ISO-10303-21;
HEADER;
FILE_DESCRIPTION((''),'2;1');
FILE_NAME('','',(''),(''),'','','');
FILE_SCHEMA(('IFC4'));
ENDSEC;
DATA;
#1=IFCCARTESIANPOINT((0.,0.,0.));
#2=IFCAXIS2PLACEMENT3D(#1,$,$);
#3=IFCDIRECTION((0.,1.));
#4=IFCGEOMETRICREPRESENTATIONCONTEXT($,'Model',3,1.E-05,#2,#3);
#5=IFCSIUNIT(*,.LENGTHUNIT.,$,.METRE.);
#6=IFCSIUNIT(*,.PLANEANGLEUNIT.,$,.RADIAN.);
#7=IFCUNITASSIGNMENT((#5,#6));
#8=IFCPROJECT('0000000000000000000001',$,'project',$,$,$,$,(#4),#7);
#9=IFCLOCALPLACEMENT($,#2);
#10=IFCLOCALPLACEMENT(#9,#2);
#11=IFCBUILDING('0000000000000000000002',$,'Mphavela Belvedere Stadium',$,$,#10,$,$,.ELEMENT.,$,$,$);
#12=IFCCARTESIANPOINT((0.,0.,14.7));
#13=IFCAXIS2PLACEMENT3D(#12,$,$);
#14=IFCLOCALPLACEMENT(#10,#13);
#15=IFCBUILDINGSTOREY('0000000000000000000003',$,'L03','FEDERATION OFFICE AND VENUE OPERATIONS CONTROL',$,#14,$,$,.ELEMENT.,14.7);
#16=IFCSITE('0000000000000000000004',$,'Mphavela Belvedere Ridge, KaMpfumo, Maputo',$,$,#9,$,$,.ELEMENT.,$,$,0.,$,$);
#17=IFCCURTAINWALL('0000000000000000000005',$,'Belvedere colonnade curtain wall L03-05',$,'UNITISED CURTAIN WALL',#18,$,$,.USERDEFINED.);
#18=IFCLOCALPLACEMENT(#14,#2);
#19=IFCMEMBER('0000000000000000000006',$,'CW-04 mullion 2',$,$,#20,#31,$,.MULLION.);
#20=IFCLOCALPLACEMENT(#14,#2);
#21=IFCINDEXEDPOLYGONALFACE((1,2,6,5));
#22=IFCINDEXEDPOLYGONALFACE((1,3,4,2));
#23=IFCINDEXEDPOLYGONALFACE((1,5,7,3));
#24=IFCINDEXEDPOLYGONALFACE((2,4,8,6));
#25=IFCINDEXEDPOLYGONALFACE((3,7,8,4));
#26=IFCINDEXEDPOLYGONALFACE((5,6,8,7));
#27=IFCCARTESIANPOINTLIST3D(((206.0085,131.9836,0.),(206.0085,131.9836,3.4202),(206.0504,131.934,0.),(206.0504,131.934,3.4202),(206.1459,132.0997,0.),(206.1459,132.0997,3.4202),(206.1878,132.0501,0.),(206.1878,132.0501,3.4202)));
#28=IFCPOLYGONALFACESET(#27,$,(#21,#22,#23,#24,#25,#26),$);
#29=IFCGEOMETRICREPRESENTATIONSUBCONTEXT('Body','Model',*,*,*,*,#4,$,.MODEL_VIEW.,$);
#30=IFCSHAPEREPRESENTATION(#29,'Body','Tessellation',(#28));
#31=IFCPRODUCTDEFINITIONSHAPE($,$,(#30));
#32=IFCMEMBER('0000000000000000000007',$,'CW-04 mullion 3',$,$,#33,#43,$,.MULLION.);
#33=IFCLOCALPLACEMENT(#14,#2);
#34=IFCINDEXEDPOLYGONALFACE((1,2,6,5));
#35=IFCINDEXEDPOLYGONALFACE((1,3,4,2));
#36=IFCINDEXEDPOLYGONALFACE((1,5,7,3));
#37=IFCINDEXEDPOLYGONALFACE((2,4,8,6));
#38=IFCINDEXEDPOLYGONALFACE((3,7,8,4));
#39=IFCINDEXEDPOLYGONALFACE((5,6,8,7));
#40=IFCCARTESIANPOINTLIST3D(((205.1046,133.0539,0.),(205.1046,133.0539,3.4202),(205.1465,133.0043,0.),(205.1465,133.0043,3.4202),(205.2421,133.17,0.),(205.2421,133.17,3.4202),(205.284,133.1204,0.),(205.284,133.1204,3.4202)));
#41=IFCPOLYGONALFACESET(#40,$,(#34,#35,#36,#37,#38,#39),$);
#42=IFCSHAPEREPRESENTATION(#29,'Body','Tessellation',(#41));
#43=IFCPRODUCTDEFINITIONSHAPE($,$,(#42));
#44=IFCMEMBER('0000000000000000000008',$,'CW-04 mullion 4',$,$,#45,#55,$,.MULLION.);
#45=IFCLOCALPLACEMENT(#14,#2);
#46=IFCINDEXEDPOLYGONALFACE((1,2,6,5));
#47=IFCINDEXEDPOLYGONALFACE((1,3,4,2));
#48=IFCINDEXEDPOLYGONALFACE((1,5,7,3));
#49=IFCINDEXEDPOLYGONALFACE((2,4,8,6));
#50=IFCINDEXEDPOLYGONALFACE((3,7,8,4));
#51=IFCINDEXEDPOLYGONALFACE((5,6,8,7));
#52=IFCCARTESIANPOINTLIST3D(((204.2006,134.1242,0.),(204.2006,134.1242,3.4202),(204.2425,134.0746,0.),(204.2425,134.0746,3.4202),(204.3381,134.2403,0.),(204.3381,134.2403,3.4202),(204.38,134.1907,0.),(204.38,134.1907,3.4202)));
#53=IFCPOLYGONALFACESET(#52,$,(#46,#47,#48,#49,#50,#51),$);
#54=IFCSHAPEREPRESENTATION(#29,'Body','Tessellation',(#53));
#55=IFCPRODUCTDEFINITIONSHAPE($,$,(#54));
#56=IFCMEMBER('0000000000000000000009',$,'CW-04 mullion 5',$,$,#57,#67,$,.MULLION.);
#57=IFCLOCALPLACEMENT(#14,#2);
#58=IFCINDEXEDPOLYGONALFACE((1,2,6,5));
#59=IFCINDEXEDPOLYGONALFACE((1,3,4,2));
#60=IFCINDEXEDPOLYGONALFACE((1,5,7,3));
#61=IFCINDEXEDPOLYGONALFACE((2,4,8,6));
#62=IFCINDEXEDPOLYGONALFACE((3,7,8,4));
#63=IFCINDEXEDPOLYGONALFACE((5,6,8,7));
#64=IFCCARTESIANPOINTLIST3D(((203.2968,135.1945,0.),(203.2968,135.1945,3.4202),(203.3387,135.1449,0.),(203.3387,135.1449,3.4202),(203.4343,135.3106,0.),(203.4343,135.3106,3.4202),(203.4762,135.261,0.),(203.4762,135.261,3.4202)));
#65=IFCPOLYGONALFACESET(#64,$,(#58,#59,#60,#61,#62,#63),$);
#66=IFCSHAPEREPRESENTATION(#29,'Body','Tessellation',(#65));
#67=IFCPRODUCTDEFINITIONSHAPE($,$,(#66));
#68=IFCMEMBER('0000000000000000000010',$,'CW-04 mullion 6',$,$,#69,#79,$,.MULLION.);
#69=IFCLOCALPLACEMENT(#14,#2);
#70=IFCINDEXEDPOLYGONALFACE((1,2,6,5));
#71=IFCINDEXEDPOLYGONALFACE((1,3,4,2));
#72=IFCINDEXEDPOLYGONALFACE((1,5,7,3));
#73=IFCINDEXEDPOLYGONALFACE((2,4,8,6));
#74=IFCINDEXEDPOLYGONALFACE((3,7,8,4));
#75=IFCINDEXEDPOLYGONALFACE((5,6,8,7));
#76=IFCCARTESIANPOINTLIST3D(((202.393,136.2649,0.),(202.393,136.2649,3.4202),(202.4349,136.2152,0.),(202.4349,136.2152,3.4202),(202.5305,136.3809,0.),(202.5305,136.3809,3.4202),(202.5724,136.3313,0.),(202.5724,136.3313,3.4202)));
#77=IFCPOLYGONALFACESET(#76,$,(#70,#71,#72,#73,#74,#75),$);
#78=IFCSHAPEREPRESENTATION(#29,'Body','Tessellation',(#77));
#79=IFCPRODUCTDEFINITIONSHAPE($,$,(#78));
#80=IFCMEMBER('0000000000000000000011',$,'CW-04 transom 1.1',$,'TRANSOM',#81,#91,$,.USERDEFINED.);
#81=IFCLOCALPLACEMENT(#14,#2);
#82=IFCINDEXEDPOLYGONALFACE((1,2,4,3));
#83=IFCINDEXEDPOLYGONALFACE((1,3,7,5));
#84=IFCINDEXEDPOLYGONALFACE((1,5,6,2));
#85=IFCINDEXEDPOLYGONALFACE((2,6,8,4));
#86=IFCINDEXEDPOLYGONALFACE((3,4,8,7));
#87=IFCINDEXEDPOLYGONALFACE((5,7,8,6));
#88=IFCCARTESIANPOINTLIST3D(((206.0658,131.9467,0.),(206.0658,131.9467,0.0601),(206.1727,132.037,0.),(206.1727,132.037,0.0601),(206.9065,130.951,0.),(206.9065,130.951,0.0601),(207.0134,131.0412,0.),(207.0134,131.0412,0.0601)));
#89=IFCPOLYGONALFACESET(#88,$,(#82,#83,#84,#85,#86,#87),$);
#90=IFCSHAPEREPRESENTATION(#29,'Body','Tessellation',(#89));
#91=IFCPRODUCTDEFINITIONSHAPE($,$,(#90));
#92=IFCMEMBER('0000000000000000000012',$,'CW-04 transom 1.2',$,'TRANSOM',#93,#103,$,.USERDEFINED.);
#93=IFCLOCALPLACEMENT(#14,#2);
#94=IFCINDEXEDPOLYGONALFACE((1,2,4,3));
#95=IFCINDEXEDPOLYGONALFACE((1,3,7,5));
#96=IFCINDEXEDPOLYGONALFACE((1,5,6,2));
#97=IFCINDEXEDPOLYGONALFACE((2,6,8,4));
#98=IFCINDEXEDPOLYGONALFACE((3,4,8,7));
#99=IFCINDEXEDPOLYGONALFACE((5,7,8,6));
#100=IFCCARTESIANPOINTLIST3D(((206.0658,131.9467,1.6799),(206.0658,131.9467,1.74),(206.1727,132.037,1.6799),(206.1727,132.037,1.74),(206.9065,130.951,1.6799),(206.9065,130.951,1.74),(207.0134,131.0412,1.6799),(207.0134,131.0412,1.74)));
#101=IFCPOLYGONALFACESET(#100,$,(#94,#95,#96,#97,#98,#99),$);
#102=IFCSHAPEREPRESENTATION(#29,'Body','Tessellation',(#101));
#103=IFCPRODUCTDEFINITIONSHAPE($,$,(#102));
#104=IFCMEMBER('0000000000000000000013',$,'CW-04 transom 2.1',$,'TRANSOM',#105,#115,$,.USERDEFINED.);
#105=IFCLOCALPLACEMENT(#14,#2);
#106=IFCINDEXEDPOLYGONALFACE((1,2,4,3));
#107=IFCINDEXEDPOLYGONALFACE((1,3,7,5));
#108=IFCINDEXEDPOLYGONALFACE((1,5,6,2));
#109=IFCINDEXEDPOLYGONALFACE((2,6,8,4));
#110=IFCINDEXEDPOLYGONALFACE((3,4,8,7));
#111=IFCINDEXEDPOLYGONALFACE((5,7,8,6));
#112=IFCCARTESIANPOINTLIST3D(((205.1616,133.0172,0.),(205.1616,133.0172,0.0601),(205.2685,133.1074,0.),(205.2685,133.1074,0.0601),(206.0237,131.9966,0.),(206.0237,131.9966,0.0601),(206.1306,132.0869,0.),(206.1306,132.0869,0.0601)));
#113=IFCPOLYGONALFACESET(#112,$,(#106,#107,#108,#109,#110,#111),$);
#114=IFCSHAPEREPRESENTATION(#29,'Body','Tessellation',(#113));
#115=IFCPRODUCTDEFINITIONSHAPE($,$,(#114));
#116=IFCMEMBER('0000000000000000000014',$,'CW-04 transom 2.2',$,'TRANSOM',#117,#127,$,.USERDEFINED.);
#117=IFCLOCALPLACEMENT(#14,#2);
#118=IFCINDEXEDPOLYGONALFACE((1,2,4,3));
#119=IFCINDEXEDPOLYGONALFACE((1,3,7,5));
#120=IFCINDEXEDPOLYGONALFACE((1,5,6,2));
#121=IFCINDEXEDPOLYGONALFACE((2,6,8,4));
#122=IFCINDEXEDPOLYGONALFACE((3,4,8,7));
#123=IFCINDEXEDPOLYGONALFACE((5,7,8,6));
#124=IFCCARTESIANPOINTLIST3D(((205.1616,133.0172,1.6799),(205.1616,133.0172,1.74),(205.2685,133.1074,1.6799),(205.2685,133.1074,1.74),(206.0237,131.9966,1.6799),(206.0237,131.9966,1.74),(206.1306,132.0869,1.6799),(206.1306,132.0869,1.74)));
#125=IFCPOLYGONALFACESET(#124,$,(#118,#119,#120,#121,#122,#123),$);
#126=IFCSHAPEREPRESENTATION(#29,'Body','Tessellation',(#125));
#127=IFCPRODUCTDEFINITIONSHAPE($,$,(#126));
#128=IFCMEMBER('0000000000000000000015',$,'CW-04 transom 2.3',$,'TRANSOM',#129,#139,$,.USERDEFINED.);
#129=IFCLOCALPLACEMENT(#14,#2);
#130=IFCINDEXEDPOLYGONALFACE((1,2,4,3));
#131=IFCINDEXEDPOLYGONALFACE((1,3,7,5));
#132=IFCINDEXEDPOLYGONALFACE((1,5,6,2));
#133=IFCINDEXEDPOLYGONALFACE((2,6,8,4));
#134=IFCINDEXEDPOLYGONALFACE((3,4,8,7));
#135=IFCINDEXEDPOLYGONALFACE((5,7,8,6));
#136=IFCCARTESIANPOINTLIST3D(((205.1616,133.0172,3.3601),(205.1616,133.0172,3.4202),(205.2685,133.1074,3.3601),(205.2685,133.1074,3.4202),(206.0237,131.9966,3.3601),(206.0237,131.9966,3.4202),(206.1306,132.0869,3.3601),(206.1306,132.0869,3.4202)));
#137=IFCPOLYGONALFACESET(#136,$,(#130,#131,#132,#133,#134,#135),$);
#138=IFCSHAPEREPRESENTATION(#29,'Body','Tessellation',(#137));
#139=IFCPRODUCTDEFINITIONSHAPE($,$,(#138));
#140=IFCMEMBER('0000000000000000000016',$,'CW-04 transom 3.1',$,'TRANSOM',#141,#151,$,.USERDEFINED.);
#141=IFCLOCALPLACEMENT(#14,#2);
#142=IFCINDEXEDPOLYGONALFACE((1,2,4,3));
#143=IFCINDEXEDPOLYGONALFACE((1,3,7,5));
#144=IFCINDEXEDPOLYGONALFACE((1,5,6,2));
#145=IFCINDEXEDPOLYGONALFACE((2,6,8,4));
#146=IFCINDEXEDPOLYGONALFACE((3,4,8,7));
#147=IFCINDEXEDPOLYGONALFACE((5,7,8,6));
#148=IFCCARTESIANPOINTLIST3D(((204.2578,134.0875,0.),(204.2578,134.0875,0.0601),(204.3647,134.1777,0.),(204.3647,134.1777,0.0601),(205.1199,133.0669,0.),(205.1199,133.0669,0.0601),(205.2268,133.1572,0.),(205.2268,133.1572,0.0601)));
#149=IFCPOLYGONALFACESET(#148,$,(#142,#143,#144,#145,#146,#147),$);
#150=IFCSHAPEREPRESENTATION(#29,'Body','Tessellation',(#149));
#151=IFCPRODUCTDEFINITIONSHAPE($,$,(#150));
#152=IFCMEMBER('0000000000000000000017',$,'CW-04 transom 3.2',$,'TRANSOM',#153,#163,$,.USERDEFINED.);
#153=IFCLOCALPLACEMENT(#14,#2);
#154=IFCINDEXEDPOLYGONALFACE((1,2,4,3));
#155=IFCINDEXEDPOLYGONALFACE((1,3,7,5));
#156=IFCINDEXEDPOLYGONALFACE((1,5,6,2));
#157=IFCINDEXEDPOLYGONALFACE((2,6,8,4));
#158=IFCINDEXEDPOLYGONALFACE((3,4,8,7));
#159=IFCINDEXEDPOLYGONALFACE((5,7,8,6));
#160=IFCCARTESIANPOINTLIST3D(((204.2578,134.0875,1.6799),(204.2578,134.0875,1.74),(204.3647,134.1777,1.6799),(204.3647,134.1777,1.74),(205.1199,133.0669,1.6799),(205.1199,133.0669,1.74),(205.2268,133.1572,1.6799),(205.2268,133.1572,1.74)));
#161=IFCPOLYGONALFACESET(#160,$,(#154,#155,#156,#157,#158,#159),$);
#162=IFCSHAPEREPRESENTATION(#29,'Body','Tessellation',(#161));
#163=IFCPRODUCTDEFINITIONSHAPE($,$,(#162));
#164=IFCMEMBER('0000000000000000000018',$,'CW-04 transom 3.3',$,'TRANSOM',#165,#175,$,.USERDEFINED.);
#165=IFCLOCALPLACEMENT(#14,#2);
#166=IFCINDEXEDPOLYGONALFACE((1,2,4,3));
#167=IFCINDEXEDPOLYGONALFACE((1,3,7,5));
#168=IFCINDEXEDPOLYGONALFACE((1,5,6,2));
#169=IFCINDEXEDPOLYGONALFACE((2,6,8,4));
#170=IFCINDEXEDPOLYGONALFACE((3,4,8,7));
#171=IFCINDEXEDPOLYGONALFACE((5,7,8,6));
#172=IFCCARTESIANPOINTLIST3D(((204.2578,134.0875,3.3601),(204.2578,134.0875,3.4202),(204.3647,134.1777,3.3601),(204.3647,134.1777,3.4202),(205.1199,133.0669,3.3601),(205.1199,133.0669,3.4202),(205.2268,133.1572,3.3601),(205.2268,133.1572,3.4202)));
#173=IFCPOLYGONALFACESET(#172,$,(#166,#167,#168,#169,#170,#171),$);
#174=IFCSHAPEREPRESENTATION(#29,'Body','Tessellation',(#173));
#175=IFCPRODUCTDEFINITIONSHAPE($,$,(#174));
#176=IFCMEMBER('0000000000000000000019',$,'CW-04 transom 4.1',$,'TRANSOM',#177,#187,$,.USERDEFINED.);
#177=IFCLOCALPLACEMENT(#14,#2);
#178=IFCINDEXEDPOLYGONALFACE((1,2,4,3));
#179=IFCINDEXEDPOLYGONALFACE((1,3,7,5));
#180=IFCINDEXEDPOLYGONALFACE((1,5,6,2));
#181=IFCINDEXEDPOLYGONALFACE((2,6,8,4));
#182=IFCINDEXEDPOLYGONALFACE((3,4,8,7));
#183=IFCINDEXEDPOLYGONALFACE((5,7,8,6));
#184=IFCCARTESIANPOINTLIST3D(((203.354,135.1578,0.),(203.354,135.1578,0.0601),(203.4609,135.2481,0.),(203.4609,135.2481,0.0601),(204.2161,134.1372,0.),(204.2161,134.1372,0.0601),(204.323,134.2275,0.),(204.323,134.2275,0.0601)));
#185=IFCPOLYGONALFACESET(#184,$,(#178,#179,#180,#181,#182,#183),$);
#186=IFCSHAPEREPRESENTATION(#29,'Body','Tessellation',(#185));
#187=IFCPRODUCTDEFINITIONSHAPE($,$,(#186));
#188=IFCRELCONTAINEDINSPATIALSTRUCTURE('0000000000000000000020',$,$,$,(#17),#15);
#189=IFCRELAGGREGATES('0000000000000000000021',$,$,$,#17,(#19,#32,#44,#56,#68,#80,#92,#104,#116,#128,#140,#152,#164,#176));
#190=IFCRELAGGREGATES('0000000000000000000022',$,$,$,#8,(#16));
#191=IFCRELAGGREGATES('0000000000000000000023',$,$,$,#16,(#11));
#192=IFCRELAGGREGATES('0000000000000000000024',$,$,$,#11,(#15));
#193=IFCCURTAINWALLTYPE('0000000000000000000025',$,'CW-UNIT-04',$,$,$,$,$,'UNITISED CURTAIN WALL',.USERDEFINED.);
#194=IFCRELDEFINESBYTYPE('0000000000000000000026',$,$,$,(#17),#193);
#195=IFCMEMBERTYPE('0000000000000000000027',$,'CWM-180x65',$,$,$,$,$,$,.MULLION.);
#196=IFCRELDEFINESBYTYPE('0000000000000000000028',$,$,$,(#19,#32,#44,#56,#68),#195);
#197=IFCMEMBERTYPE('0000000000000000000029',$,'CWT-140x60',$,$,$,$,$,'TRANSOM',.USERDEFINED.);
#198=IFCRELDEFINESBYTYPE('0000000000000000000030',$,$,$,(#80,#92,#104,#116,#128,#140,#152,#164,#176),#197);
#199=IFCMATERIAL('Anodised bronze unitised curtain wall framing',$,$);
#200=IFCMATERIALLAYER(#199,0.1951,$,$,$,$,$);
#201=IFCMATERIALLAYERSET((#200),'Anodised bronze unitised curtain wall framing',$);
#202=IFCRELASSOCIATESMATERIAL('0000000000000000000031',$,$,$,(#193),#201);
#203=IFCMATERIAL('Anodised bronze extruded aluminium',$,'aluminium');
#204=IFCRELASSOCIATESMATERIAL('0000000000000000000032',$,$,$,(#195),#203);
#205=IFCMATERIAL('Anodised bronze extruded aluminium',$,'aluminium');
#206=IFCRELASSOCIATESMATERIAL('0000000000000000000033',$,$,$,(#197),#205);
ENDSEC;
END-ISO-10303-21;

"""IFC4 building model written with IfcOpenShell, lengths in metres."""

from ifc_helpers import new_model, si_unit, direction, frame, origin, origin_2d, place, context, subcontext, project, spatial, rectangle, extrude, material, layer, layer_set, material_profile, profile_set, type_object, element, aggregate, save


model = new_model("IFC4")

# Units and contexts
model_context = context("Model", 3, precision=1e-05, world=origin(), true_north=direction((0.0, 1.0)))
body_context = subcontext(model_context, "Body", "Model", "MODEL_VIEW")
ifc_project = project(units=[si_unit("LENGTHUNIT", "METRE"), si_unit("PLANEANGLEUNIT", "RADIAN")], contexts=[model_context])

# Site, building, storey
site_placement = place(None, origin())
site = spatial("IfcSite", under=ifc_project, at=site_placement, Name="Mphavela Belvedere Ridge, KaMpfumo, Maputo", CompositionType="ELEMENT", RefElevation=0.0)
building_placement = place(site_placement, origin())
building = spatial("IfcBuilding", under=site, at=building_placement, Name="Mphavela Belvedere Stadium", CompositionType="ELEMENT")
storey_placement = place(building_placement, frame((0.0, 0.0, 14.7)))
storey = spatial("IfcBuildingStorey", under=building, at=storey_placement, Name="L03", Description="FEDERATION OFFICE AND VENUE OPERATIONS CONTROL", CompositionType="ELEMENT", Elevation=14.7)

# Curtain wall, members
ifc_material_1 = material(Name="Anodised bronze unitised curtain wall framing")
ifc_layer_1 = layer(ifc_material_1, 0.1951)
ifc_layer_set_1 = layer_set([ifc_layer_1], Name="Anodised bronze unitised curtain wall framing")
curtain_wall_type = type_object("IfcCurtainWallType", Name="CW-UNIT-04", ElementType="UNITISED CURTAIN WALL", PredefinedType="USERDEFINED", material=ifc_layer_set_1)
curtain_wall_placement = place(storey_placement, origin())
curtain_wall = element("IfcCurtainWall", 1, at=curtain_wall_placement, inside=storey, type_object=curtain_wall_type, Name="Belvedere colonnade curtain wall L03-05", ObjectType="UNITISED CURTAIN WALL", PredefinedType="USERDEFINED")
ifc_material_2 = material(Name="Anodised bronze extruded aluminium", Category="aluminium")
ifc_material_profile_1 = material_profile(ifc_material_2, rectangle(XDim=0.1799, YDim=0.0649, at=origin_2d()), Name="CW-MUL 180x65")
ifc_profile_set_1 = profile_set([ifc_material_profile_1], Name="Anodised bronze extruded aluminium")
member_type_1 = type_object("IfcMemberType", Name="CWM-180x65", PredefinedType="MULLION", material=ifc_profile_set_1)
member_1_placement = place(storey_placement, frame((206.0981, 132.0168, 0.0), z_axis=(0.0, 0.0, 1.0), x_axis=(-0.764031, -0.645179, 0.0)))
member_1 = element("IfcMember", 2, at=member_1_placement, type_object=member_type_1, Name="CW-04 mullion 2", PredefinedType="MULLION", context=body_context, shape_type="SweptSolid", body=[
    extrude(rectangle(XDim=0.1799, YDim=0.0649, at=origin_2d()), origin(), (0.0, 0.0, 1.0), 3.4202),
])
member_2_placement = place(storey_placement, frame((205.1943, 133.0872, 0.0), z_axis=(0.0, 0.0, 1.0), x_axis=(-0.764031, -0.645179, 0.0)))
member_2 = element("IfcMember", 3, at=member_2_placement, type_object=member_type_1, Name="CW-04 mullion 3", PredefinedType="MULLION", context=body_context, shape_type="SweptSolid", body=[
    extrude(rectangle(XDim=0.1799, YDim=0.0649, at=origin_2d()), origin(), (0.0, 0.0, 1.0), 3.4202),
])
member_3_placement = place(storey_placement, frame((204.2903, 134.1575, 0.0), z_axis=(0.0, 0.0, 1.0), x_axis=(-0.764031, -0.645179, 0.0)))
member_3 = element("IfcMember", 4, at=member_3_placement, type_object=member_type_1, Name="CW-04 mullion 4", PredefinedType="MULLION", context=body_context, shape_type="SweptSolid", body=[
    extrude(rectangle(XDim=0.1799, YDim=0.0649, at=origin_2d()), origin(), (0.0, 0.0, 1.0), 3.4202),
])
member_4_placement = place(storey_placement, frame((203.3865, 135.2278, 0.0), z_axis=(0.0, 0.0, 1.0), x_axis=(-0.764031, -0.645179, 0.0)))
member_4 = element("IfcMember", 5, at=member_4_placement, type_object=member_type_1, Name="CW-04 mullion 5", PredefinedType="MULLION", context=body_context, shape_type="SweptSolid", body=[
    extrude(rectangle(XDim=0.1799, YDim=0.0649, at=origin_2d()), origin(), (0.0, 0.0, 1.0), 3.4202),
])
member_5_placement = place(storey_placement, frame((202.4827, 136.2981, 0.0), z_axis=(0.0, 0.0, 1.0), x_axis=(-0.764031, -0.645179, 0.0)))
member_5 = element("IfcMember", 6, at=member_5_placement, type_object=member_type_1, Name="CW-04 mullion 6", PredefinedType="MULLION", context=body_context, shape_type="SweptSolid", body=[
    extrude(rectangle(XDim=0.1799, YDim=0.0649, at=origin_2d()), origin(), (0.0, 0.0, 1.0), 3.4202),
])
ifc_material_3 = material(Name="Anodised bronze extruded aluminium", Category="aluminium")
ifc_material_profile_2 = material_profile(ifc_material_3, rectangle(XDim=0.1399, YDim=0.0601, at=origin_2d()), Name="CW-TRN 140x60")
ifc_profile_set_2 = profile_set([ifc_material_profile_2], Name="Anodised bronze extruded aluminium")
member_type_2 = type_object("IfcMemberType", Name="CWT-140x60", ElementType="TRANSOM", PredefinedType="USERDEFINED", material=ifc_profile_set_2)
member_6_placement = place(storey_placement, frame((206.96, 130.9961, 0.03), z_axis=(-0.645127, 0.764075, 0.0), x_axis=(-0.764075, -0.645127, 0.0)))
member_6 = element("IfcMember", 7, at=member_6_placement, type_object=member_type_2, Name="CW-04 transom 1.1", ObjectType="TRANSOM", PredefinedType="USERDEFINED", context=body_context, shape_type="SweptSolid", body=[
    extrude(rectangle(XDim=0.1399, YDim=0.0601, at=origin_2d()), origin(), (0.0, 0.0, 1.0), 1.3032),
])
member_7_placement = place(storey_placement, frame((206.96, 130.9961, 1.71), z_axis=(-0.645127, 0.764075, 0.0), x_axis=(-0.764075, -0.645127, 0.0)))
member_7 = element("IfcMember", 8, at=member_7_placement, type_object=member_type_2, Name="CW-04 transom 1.2", ObjectType="TRANSOM", PredefinedType="USERDEFINED", context=body_context, shape_type="SweptSolid", body=[
    extrude(rectangle(XDim=0.1399, YDim=0.0601, at=origin_2d()), origin(), (0.0, 0.0, 1.0), 1.3032),
])
member_8_placement = place(storey_placement, frame((206.0771, 132.0417, 0.03), z_axis=(-0.645311, 0.76392, 0.0), x_axis=(-0.76392, -0.645311, 0.0)))
member_8 = element("IfcMember", 9, at=member_8_placement, type_object=member_type_2, Name="CW-04 transom 2.1", ObjectType="TRANSOM", PredefinedType="USERDEFINED", context=body_context, shape_type="SweptSolid", body=[
    extrude(rectangle(XDim=0.1399, YDim=0.0601, at=origin_2d()), origin(), (0.0, 0.0, 1.0), 1.3359),
])
member_9_placement = place(storey_placement, frame((206.0771, 132.0417, 1.71), z_axis=(-0.645311, 0.76392, 0.0), x_axis=(-0.76392, -0.645311, 0.0)))
member_9 = element("IfcMember", 10, at=member_9_placement, type_object=member_type_2, Name="CW-04 transom 2.2", ObjectType="TRANSOM", PredefinedType="USERDEFINED", context=body_context, shape_type="SweptSolid", body=[
    extrude(rectangle(XDim=0.1399, YDim=0.0601, at=origin_2d()), origin(), (0.0, 0.0, 1.0), 1.3359),
])
member_10_placement = place(storey_placement, frame((206.0771, 132.0417, 3.3901), z_axis=(-0.645311, 0.76392, 0.0), x_axis=(-0.76392, -0.645311, 0.0)))
member_10 = element("IfcMember", 11, at=member_10_placement, type_object=member_type_2, Name="CW-04 transom 2.3", ObjectType="TRANSOM", PredefinedType="USERDEFINED", context=body_context, shape_type="SweptSolid", body=[
    extrude(rectangle(XDim=0.1399, YDim=0.0601, at=origin_2d()), origin(), (0.0, 0.0, 1.0), 1.3359),
])
member_11_placement = place(storey_placement, frame((205.1733, 133.1121, 0.03), z_axis=(-0.645311, 0.76392, 0.0), x_axis=(-0.76392, -0.645311, 0.0)))
member_11 = element("IfcMember", 12, at=member_11_placement, type_object=member_type_2, Name="CW-04 transom 3.1", ObjectType="TRANSOM", PredefinedType="USERDEFINED", context=body_context, shape_type="SweptSolid", body=[
    extrude(rectangle(XDim=0.1399, YDim=0.0601, at=origin_2d()), origin(), (0.0, 0.0, 1.0), 1.3359),
])
member_12_placement = place(storey_placement, frame((205.1733, 133.1121, 1.71), z_axis=(-0.645311, 0.76392, 0.0), x_axis=(-0.76392, -0.645311, 0.0)))
member_12 = element("IfcMember", 13, at=member_12_placement, type_object=member_type_2, Name="CW-04 transom 3.2", ObjectType="TRANSOM", PredefinedType="USERDEFINED", context=body_context, shape_type="SweptSolid", body=[
    extrude(rectangle(XDim=0.1399, YDim=0.0601, at=origin_2d()), origin(), (0.0, 0.0, 1.0), 1.3359),
])
member_13_placement = place(storey_placement, frame((205.1733, 133.1121, 3.3901), z_axis=(-0.645311, 0.76392, 0.0), x_axis=(-0.76392, -0.645311, 0.0)))
member_13 = element("IfcMember", 14, at=member_13_placement, type_object=member_type_2, Name="CW-04 transom 3.3", ObjectType="TRANSOM", PredefinedType="USERDEFINED", context=body_context, shape_type="SweptSolid", body=[
    extrude(rectangle(XDim=0.1399, YDim=0.0601, at=origin_2d()), origin(), (0.0, 0.0, 1.0), 1.3359),
])
member_14_placement = place(storey_placement, frame((204.2695, 134.1824, 0.03), z_axis=(-0.645311, 0.76392, 0.0), x_axis=(-0.76392, -0.645311, 0.0)))
member_14 = element("IfcMember", 15, at=member_14_placement, type_object=member_type_2, Name="CW-04 transom 4.1", ObjectType="TRANSOM", PredefinedType="USERDEFINED", context=body_context, shape_type="SweptSolid", body=[
    extrude(rectangle(XDim=0.1399, YDim=0.0601, at=origin_2d()), origin(), (0.0, 0.0, 1.0), 1.3359),
])
aggregate(curtain_wall, [member_1, member_2, member_3, member_4, member_5, member_6, member_7, member_8, member_9, member_10, member_11, member_12, member_13, member_14])

save(model, "model.ifc")
